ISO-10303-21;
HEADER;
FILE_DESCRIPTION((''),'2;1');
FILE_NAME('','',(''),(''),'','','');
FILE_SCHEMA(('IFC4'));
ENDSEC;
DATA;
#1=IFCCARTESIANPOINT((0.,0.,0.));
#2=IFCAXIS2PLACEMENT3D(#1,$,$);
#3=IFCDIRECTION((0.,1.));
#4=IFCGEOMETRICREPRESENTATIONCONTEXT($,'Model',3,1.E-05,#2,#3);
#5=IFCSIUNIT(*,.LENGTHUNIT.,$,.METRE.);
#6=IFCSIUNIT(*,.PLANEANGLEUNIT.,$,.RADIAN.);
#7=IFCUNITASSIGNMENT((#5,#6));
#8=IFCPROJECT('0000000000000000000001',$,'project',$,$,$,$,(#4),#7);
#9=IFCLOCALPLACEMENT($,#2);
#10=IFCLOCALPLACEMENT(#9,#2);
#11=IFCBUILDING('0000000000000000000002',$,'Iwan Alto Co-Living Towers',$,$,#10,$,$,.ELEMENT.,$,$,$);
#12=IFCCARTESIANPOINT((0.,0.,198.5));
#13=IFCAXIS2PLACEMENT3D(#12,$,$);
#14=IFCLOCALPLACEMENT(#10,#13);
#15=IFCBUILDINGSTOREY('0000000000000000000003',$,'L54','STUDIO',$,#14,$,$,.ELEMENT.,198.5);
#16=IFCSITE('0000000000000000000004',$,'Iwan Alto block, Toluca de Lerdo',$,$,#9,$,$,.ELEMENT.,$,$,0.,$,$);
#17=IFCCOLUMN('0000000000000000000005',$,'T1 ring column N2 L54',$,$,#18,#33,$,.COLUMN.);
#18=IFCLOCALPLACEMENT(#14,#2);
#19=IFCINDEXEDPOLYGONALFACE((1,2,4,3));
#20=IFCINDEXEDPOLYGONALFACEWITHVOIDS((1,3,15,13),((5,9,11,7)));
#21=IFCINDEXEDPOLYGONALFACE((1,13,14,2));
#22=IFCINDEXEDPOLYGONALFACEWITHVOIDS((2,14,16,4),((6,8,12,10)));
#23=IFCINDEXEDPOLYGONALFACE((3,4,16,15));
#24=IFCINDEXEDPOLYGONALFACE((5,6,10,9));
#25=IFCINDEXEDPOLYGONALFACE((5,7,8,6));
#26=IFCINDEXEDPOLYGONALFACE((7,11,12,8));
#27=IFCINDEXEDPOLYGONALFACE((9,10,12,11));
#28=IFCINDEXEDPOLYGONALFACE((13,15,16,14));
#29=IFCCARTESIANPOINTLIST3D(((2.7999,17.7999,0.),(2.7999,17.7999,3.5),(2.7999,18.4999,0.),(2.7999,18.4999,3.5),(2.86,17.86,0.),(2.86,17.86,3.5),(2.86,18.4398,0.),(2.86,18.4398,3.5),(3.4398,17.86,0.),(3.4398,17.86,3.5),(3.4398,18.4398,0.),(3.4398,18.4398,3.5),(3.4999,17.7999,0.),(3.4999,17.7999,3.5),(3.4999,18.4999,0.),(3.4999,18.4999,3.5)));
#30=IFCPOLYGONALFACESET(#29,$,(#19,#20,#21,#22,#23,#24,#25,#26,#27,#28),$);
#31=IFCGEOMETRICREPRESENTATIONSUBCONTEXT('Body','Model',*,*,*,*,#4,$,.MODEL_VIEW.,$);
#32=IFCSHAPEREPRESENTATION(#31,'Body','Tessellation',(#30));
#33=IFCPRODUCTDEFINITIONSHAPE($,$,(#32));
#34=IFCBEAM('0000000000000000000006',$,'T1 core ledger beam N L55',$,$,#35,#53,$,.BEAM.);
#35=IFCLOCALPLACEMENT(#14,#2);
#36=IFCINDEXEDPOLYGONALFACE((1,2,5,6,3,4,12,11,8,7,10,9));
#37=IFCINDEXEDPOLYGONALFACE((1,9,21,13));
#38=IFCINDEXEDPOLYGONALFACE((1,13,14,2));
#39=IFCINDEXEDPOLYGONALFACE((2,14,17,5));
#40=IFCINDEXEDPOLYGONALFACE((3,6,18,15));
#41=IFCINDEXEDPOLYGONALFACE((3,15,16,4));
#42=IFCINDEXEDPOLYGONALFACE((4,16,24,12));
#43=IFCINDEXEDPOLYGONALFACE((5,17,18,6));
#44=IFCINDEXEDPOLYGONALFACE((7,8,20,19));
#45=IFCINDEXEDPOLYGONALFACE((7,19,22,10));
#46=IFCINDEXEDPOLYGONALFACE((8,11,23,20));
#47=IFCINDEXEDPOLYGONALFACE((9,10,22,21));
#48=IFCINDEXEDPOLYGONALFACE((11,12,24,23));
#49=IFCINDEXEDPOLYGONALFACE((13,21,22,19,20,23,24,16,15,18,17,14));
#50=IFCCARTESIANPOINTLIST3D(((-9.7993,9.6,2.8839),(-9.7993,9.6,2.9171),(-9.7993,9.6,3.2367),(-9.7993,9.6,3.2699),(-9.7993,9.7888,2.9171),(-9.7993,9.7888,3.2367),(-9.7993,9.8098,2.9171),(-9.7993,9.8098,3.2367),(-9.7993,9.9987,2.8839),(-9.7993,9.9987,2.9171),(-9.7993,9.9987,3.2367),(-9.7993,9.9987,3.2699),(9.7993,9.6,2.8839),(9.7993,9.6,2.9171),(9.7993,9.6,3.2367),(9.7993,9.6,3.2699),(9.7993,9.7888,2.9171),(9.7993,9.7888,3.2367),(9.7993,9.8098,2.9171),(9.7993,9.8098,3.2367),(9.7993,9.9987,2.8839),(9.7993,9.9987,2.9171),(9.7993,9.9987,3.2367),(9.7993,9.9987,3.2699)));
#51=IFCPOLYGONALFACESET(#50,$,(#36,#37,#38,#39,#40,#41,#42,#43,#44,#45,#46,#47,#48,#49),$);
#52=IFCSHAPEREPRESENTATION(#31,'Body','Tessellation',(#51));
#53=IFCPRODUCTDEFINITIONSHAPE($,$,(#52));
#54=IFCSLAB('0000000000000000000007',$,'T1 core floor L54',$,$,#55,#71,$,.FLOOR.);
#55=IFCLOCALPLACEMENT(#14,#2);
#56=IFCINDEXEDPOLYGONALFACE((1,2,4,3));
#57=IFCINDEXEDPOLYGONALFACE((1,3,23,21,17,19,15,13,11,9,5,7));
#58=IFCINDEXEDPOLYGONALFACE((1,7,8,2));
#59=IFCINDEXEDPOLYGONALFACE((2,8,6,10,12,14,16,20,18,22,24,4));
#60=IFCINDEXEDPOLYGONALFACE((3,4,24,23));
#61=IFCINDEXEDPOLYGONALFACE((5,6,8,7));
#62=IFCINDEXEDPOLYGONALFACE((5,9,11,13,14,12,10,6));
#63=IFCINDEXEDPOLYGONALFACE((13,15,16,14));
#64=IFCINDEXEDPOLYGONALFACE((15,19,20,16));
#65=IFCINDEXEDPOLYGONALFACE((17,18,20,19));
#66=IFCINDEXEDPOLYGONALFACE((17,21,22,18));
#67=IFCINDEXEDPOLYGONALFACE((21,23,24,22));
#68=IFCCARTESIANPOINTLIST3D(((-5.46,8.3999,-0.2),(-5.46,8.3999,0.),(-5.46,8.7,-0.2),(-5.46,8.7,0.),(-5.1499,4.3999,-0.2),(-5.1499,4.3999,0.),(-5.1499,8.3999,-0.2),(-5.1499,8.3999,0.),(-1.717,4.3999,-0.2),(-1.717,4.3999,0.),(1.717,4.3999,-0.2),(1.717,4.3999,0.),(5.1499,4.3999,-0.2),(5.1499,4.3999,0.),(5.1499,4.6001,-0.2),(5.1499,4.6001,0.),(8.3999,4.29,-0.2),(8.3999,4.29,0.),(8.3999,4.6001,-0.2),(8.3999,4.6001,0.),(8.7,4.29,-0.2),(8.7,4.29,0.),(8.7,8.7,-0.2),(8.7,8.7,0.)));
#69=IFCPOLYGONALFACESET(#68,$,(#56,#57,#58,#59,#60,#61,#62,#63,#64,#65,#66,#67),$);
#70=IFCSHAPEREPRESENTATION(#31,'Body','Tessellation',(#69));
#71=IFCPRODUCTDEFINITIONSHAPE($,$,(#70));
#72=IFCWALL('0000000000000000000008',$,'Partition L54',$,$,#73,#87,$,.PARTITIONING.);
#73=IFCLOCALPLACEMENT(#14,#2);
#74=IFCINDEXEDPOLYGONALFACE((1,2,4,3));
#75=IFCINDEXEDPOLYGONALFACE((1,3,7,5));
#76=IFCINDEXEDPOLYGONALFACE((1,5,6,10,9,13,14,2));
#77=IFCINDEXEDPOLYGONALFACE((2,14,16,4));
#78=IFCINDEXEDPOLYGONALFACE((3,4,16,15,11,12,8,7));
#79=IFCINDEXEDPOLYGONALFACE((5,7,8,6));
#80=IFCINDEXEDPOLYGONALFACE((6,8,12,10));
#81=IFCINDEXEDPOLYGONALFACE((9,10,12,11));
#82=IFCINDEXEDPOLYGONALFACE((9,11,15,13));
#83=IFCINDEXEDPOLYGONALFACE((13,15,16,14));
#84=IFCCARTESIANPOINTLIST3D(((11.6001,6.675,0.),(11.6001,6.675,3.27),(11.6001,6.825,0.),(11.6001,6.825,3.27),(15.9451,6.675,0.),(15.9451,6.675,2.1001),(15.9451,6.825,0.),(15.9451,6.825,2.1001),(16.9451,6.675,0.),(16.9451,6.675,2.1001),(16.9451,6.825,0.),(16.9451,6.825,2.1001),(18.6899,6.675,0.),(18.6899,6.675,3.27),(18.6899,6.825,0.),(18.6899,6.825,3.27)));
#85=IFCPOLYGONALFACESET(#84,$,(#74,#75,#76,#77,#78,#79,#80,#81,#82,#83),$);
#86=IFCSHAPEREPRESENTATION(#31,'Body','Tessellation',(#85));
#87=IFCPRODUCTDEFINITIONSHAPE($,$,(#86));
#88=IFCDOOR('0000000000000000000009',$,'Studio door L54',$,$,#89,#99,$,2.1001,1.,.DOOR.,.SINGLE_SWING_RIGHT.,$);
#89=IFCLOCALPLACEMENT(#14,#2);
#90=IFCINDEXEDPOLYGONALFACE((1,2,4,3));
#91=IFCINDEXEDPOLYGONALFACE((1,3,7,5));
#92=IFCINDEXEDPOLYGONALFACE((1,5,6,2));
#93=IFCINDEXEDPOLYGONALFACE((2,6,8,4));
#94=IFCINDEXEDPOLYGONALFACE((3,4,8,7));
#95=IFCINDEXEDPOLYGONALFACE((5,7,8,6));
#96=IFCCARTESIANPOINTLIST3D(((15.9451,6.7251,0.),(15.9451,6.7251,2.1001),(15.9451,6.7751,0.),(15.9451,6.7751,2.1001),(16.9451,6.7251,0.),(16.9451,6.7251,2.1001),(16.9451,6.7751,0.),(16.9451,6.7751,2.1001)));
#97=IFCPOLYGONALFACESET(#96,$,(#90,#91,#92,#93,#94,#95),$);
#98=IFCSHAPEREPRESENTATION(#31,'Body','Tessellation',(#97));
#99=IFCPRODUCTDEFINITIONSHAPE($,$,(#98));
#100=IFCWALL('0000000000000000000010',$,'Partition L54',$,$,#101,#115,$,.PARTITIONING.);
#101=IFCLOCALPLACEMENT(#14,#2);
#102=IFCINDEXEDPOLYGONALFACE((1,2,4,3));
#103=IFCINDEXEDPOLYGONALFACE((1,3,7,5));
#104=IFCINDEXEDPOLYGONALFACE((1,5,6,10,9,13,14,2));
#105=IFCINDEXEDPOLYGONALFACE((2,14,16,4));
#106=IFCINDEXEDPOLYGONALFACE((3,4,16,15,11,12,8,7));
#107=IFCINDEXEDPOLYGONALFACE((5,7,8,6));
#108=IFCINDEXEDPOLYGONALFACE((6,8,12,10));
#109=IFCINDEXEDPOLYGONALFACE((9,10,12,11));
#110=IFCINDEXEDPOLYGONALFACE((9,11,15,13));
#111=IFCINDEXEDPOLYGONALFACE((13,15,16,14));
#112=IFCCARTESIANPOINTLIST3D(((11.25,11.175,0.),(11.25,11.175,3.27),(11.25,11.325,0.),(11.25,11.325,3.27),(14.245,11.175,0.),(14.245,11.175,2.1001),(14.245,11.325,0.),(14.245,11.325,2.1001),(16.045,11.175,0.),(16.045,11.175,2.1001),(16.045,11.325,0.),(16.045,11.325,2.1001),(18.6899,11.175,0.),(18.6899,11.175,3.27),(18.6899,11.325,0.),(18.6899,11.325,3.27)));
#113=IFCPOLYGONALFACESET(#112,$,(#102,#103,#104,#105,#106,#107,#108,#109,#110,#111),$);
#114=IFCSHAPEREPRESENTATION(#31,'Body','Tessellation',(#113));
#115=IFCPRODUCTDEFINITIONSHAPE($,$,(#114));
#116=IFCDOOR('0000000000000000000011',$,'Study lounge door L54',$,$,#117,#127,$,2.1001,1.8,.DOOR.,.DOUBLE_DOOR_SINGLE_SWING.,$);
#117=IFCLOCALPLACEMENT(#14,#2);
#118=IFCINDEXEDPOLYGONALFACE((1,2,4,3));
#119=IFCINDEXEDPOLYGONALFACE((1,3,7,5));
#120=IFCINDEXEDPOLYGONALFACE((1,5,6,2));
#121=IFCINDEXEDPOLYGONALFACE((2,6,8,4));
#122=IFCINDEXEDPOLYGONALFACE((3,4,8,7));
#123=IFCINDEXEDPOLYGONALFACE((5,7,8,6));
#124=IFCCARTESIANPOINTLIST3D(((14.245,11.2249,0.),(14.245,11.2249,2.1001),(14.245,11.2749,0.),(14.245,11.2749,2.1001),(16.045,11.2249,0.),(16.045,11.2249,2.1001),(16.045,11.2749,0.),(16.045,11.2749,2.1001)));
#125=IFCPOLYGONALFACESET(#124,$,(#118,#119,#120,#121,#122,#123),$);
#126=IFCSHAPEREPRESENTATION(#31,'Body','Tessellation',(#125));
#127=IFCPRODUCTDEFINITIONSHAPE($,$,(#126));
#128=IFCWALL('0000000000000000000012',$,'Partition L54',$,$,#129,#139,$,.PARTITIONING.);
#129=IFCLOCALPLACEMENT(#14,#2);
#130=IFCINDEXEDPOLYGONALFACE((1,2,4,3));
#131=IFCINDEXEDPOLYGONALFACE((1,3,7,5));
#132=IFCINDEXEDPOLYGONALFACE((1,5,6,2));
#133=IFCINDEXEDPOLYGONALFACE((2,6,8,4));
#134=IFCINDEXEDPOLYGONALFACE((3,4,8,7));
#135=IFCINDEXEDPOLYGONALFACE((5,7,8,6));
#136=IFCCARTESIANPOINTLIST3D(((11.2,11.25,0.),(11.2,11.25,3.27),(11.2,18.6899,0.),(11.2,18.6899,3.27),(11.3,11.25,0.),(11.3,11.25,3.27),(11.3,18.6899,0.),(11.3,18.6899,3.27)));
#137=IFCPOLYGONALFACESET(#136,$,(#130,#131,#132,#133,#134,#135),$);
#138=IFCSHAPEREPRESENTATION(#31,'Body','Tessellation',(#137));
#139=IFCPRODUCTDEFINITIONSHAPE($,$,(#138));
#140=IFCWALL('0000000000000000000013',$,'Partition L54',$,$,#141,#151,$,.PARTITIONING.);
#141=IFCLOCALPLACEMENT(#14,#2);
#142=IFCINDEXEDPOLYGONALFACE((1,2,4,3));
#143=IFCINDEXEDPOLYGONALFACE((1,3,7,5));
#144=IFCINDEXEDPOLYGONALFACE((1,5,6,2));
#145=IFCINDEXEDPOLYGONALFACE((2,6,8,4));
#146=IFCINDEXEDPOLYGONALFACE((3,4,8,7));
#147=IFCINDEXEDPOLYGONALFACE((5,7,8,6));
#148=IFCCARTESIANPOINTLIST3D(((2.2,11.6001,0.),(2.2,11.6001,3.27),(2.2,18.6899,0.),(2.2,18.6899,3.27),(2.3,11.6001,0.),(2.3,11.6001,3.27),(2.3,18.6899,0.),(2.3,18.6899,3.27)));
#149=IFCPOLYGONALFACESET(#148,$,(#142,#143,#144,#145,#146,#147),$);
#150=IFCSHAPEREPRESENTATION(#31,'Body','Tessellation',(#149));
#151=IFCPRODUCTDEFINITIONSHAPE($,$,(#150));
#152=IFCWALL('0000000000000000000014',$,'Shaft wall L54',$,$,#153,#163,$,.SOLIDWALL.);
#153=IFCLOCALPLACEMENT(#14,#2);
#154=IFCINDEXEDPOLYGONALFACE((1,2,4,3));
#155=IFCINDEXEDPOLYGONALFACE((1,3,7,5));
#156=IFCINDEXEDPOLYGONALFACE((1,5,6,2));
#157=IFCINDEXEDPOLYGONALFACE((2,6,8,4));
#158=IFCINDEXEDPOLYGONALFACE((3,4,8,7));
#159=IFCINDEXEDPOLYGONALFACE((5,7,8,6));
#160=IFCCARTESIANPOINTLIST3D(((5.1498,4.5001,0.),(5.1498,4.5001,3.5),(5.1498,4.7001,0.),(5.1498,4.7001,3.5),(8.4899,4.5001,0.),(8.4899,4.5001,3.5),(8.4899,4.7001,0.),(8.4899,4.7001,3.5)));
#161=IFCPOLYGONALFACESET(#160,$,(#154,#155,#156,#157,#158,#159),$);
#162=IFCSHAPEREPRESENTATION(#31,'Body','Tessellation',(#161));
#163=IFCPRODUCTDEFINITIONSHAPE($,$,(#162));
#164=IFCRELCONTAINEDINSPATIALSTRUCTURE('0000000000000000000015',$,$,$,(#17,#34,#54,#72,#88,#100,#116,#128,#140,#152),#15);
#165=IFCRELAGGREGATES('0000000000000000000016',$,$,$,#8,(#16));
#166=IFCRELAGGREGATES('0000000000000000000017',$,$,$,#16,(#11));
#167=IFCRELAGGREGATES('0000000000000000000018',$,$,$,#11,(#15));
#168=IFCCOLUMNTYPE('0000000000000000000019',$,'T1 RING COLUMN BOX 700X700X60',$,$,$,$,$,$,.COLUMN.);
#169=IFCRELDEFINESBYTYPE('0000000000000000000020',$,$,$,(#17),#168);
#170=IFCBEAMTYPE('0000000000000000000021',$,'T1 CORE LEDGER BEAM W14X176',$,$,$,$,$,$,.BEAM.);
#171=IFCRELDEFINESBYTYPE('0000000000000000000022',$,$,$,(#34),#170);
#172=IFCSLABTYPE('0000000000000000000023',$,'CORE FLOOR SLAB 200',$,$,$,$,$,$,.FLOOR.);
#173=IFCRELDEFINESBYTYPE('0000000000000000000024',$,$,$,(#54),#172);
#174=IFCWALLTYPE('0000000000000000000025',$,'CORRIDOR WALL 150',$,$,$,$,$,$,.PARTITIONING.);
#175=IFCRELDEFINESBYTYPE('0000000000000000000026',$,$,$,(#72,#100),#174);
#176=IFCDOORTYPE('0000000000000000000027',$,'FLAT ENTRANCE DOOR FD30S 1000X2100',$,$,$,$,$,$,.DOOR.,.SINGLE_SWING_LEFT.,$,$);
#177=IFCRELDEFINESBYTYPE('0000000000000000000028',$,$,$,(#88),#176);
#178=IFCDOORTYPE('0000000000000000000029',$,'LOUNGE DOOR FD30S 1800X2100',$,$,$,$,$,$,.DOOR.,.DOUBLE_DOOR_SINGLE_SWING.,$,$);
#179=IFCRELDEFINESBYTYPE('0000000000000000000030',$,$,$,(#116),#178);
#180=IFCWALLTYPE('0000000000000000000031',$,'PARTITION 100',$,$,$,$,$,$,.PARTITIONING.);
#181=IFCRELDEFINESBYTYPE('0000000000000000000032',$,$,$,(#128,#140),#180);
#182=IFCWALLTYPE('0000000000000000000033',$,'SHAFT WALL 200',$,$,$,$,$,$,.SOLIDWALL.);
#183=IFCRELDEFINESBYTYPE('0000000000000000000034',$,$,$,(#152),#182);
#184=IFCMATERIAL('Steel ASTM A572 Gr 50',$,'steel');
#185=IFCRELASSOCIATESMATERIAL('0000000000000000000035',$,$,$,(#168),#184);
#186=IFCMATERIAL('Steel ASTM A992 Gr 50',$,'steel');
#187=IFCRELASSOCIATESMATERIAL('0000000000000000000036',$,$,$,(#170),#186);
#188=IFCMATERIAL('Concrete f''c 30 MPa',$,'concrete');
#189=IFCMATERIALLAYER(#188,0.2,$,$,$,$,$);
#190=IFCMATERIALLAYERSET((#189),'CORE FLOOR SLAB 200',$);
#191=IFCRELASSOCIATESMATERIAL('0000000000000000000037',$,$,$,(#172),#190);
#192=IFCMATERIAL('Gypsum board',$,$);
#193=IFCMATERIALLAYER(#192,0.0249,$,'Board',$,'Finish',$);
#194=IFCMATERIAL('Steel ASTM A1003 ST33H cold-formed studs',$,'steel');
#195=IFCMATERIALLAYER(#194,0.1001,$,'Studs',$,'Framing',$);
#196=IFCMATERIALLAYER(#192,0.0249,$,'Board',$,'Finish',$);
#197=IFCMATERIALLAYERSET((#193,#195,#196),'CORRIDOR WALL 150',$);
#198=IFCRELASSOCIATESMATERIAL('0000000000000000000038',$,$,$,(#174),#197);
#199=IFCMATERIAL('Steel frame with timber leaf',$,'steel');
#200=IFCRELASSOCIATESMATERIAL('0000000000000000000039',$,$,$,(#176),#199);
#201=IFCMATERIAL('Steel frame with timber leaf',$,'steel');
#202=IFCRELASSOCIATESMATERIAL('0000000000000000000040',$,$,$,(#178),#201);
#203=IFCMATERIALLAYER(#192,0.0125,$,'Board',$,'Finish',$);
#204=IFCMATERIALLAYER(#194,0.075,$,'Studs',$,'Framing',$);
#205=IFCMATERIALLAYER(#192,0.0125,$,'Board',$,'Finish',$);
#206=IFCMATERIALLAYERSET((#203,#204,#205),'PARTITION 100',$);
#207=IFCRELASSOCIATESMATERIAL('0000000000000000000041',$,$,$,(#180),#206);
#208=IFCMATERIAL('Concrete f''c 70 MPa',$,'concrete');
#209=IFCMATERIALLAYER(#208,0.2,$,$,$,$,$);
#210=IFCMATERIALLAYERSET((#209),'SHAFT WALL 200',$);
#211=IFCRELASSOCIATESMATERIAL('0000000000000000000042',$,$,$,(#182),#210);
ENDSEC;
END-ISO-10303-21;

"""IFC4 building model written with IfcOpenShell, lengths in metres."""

from ifc_helpers import new_model, si_unit, direction, frame, frame_2d, origin, origin_2d, place, context, subcontext, project, spatial, polyline, rectangle, hollow_rectangle, i_section, outline, extrude, material, layer, layer_set, material_profile, profile_set, type_object, element, fill, save


model = new_model("IFC4")

# Units and contexts
model_context = context("Model", 3, precision=1e-05, world=origin(), true_north=direction((0.0, 1.0)))
body_context = subcontext(model_context, "Body", "Model", "MODEL_VIEW")
ifc_project = project(units=[si_unit("LENGTHUNIT", "METRE"), si_unit("PLANEANGLEUNIT", "RADIAN")], contexts=[model_context])

# Site, building, storey
site_placement = place(None, origin())
site = spatial("IfcSite", under=ifc_project, at=site_placement, Name="Iwan Alto block, Toluca de Lerdo", CompositionType="ELEMENT", RefElevation=0.0)
building_placement = place(site_placement, origin())
building = spatial("IfcBuilding", under=site, at=building_placement, Name="Iwan Alto Co-Living Towers", CompositionType="ELEMENT")
storey_placement = place(building_placement, frame((0.0, 0.0, 198.5)))
storey = spatial("IfcBuildingStorey", under=building, at=storey_placement, Name="L54", Description="STUDIO", CompositionType="ELEMENT", Elevation=198.5)

# Column
ifc_material_1 = material(Name="Steel ASTM A572 Gr 50", Category="steel")
ifc_material_profile_1 = material_profile(ifc_material_1, hollow_rectangle(XDim=0.7, YDim=0.7, WallThickness=0.0601, at=origin_2d()), Name="BOX 700X700X60")
ifc_profile_set_1 = profile_set([ifc_material_profile_1], Name="Steel ASTM A572 Gr 50")
column_type = type_object("IfcColumnType", Name="T1 RING COLUMN BOX 700X700X60", PredefinedType="COLUMN", material=ifc_profile_set_1)
column_placement = place(storey_placement, frame((3.1499, 18.1499, 0.0), z_axis=(0.0, 0.0, 1.0), x_axis=(1.0, 0.0, 0.0)))
element("IfcColumn", 1, at=column_placement, inside=storey, type_object=column_type, Name="T1 ring column N2 L54", PredefinedType="COLUMN", context=body_context, shape_type="SweptSolid", body=[
    extrude(hollow_rectangle(XDim=0.7, YDim=0.7, WallThickness=0.0601, at=origin_2d()), origin(), (0.0, 0.0, 1.0), 3.5),
])

# Beam
ifc_material_2 = material(Name="Steel ASTM A992 Gr 50", Category="steel")
ifc_material_profile_2 = material_profile(ifc_material_2, i_section(OverallWidth=0.3987, OverallDepth=0.386, WebThickness=0.021, FlangeThickness=0.0332, at=origin_2d()), Name="W14X176")
ifc_profile_set_2 = profile_set([ifc_material_profile_2], Name="Steel ASTM A992 Gr 50")
beam_type = type_object("IfcBeamType", Name="T1 CORE LEDGER BEAM W14X176", PredefinedType="BEAM", material=ifc_profile_set_2)
beam_placement = place(storey_placement, frame((9.7993, 9.7993, 3.0769), z_axis=(-1.0, 0.0, 0.0), x_axis=(0.0, -1.0, 0.0)))
element("IfcBeam", 2, at=beam_placement, inside=storey, type_object=beam_type, Name="T1 core ledger beam N L55", PredefinedType="BEAM", context=body_context, shape_type="SweptSolid", body=[
    extrude(i_section(OverallWidth=0.3987, OverallDepth=0.386, WebThickness=0.021, FlangeThickness=0.0332, at=origin_2d()), origin(), (0.0, 0.0, 1.0), 19.5986),
])

# Slab
ifc_material_3 = material(Name="Concrete f'c 30 MPa", Category="concrete")
ifc_layer_1 = layer(ifc_material_3, 0.2)
ifc_layer_set_1 = layer_set([ifc_layer_1], Name="CORE FLOOR SLAB 200")
slab_type = type_object("IfcSlabType", Name="CORE FLOOR SLAB 200", PredefinedType="FLOOR", material=ifc_layer_set_1)
slab_placement = place(storey_placement, frame((0.0, 0.0, -0.2)))
element("IfcSlab", 3, at=slab_placement, inside=storey, type_object=slab_type, Name="T1 core floor L54", PredefinedType="FLOOR", context=body_context, shape_type="SweptSolid", body=[
    extrude(outline(polyline([(1.717, 4.3999), (-1.717, 4.3999), (-5.1499, 4.3999), (-5.1499, 8.3999), (-5.46, 8.3999), (-5.46, 8.7), (8.7, 8.7), (8.7, 4.29), (8.3999, 4.29), (8.3999, 4.6001), (5.1499, 4.6001), (5.1499, 4.3999), (1.717, 4.3999)])), origin(), (0.0, 0.0, 1.0), 0.2),
])

# Walls, openings, doors
ifc_material_4 = material(Name="Gypsum board")
ifc_layer_2 = layer(ifc_material_4, 0.0249, Name="Board", Category="Finish")
ifc_material_5 = material(Name="Steel ASTM A1003 ST33H cold-formed studs", Category="steel")
ifc_layer_3 = layer(ifc_material_5, 0.1001, Name="Studs", Category="Framing")
ifc_layer_4 = layer(ifc_material_4, 0.0249, Name="Board", Category="Finish")
ifc_layer_set_2 = layer_set([ifc_layer_2, ifc_layer_3, ifc_layer_4], Name="CORRIDOR WALL 150")
wall_type_1 = type_object("IfcWallType", Name="CORRIDOR WALL 150", PredefinedType="PARTITIONING", material=ifc_layer_set_2)
wall_1_placement = place(storey_placement, frame((11.6001, 6.75, 0.0), z_axis=(0.0, 0.0, 1.0), x_axis=(1.0, 0.0, 0.0)))
wall_1 = element("IfcWall", 4, at=wall_1_placement, inside=storey, type_object=wall_type_1, Name="Partition L54", PredefinedType="PARTITIONING", context=body_context, shape_type="SweptSolid", body=[
    extrude(rectangle(XDim=7.0898, YDim=0.1499, at=frame_2d((3.5449, 0.0))), origin(), (0.0, 0.0, 1.0), 3.27),
])
opening_1_placement = place(wall_1_placement, frame((4.345, 0.0, 0.0)))
opening_1 = element("IfcOpeningElement", 5, at=opening_1_placement, cuts=wall_1, PredefinedType="OPENING", context=body_context, shape_type="SweptSolid", body=[
    extrude(rectangle(XDim=1.0, YDim=2.1001, at=frame_2d((0.5, 1.05))), frame((0.0, 0.085, 0.0), z_axis=(0.0, -1.0, 0.0), x_axis=(1.0, 0.0, 0.0)), (0.0, 0.0, 1.0), 0.1699),
])
ifc_material_6 = material(Name="Steel frame with timber leaf", Category="steel")
door_type_1 = type_object("IfcDoorType", Name="FLAT ENTRANCE DOOR FD30S 1000X2100", OperationType="SINGLE_SWING_LEFT", PredefinedType="DOOR", material=ifc_material_6)
door_1_placement = place(opening_1_placement, frame((1.0, 0.0, 0.0), z_axis=(0.0, 0.0, 1.0), x_axis=(-1.0, 0.0, 0.0)))
door_1 = element("IfcDoor", 6, at=door_1_placement, inside=storey, type_object=door_type_1, Name="Studio door L54", OperationType="SINGLE_SWING_RIGHT", OverallHeight=2.1001, OverallWidth=1.0, PredefinedType="DOOR", context=body_context, shape_type="SweptSolid", body=[
    extrude(rectangle(XDim=1.0, YDim=2.1001, at=frame_2d((0.5, 1.05))), frame((0.0, 0.0249, 0.0), z_axis=(0.0, -1.0, 0.0), x_axis=(1.0, 0.0, 0.0)), (0.0, 0.0, 1.0), 0.05),
])
fill(opening_1, door_1)
wall_2_placement = place(storey_placement, frame((11.25, 11.25, 0.0), z_axis=(0.0, 0.0, 1.0), x_axis=(1.0, 0.0, 0.0)))
wall_2 = element("IfcWall", 7, at=wall_2_placement, inside=storey, type_object=wall_type_1, Name="Partition L54", PredefinedType="PARTITIONING", context=body_context, shape_type="SweptSolid", body=[
    extrude(rectangle(XDim=7.4399, YDim=0.1499, at=frame_2d((3.72, 0.0))), origin(), (0.0, 0.0, 1.0), 3.27),
])
opening_2_placement = place(wall_2_placement, frame((2.9951, 0.0, 0.0)))
opening_2 = element("IfcOpeningElement", 8, at=opening_2_placement, cuts=wall_2, PredefinedType="OPENING", context=body_context, shape_type="SweptSolid", body=[
    extrude(rectangle(XDim=1.8, YDim=2.1001, at=frame_2d((0.8999, 1.05))), frame((0.0, 0.085, 0.0), z_axis=(0.0, -1.0, 0.0), x_axis=(1.0, 0.0, 0.0)), (0.0, 0.0, 1.0), 0.1699),
])
ifc_material_7 = material(Name="Steel frame with timber leaf", Category="steel")
door_type_2 = type_object("IfcDoorType", Name="LOUNGE DOOR FD30S 1800X2100", OperationType="DOUBLE_DOOR_SINGLE_SWING", PredefinedType="DOOR", material=ifc_material_7)
door_2_placement = place(opening_2_placement, origin())
door_2 = element("IfcDoor", 9, at=door_2_placement, inside=storey, type_object=door_type_2, Name="Study lounge door L54", OperationType="DOUBLE_DOOR_SINGLE_SWING", OverallHeight=2.1001, OverallWidth=1.8, PredefinedType="DOOR", context=body_context, shape_type="SweptSolid", body=[
    extrude(rectangle(XDim=1.8, YDim=2.1001, at=frame_2d((0.8999, 1.05))), frame((0.0, 0.0249, 0.0), z_axis=(0.0, -1.0, 0.0), x_axis=(1.0, 0.0, 0.0)), (0.0, 0.0, 1.0), 0.05),
])
fill(opening_2, door_2)

# Walls
ifc_layer_5 = layer(ifc_material_4, 0.0125, Name="Board", Category="Finish")
ifc_layer_6 = layer(ifc_material_5, 0.075, Name="Studs", Category="Framing")
ifc_layer_7 = layer(ifc_material_4, 0.0125, Name="Board", Category="Finish")
ifc_layer_set_3 = layer_set([ifc_layer_5, ifc_layer_6, ifc_layer_7], Name="PARTITION 100")
wall_type_2 = type_object("IfcWallType", Name="PARTITION 100", PredefinedType="PARTITIONING", material=ifc_layer_set_3)
wall_3_placement = place(storey_placement, frame((11.25, 11.25, 0.0), z_axis=(0.0, 0.0, 1.0), x_axis=(0.0, 1.0, 0.0)))
element("IfcWall", 10, at=wall_3_placement, inside=storey, type_object=wall_type_2, Name="Partition L54", PredefinedType="PARTITIONING", context=body_context, shape_type="SweptSolid", body=[
    extrude(rectangle(XDim=7.4399, YDim=0.1001, at=frame_2d((3.72, 0.0))), origin(), (0.0, 0.0, 1.0), 3.27),
])
wall_4_placement = place(storey_placement, frame((2.25, 11.6001, 0.0), z_axis=(0.0, 0.0, 1.0), x_axis=(0.0, 1.0, 0.0)))
element("IfcWall", 11, at=wall_4_placement, inside=storey, type_object=wall_type_2, Name="Partition L54", PredefinedType="PARTITIONING", context=body_context, shape_type="SweptSolid", body=[
    extrude(rectangle(XDim=7.0898, YDim=0.1001, at=frame_2d((3.5449, 0.0))), origin(), (0.0, 0.0, 1.0), 3.27),
])
ifc_material_8 = material(Name="Concrete f'c 70 MPa", Category="concrete")
ifc_layer_8 = layer(ifc_material_8, 0.2)
ifc_layer_set_4 = layer_set([ifc_layer_8], Name="SHAFT WALL 200")
wall_type_3 = type_object("IfcWallType", Name="SHAFT WALL 200", PredefinedType="SOLIDWALL", material=ifc_layer_set_4)
wall_5_placement = place(storey_placement, frame((5.1499, 4.6001, 0.0), z_axis=(0.0, 0.0, 1.0), x_axis=(1.0, 0.0, 0.0)))
element("IfcWall", 12, at=wall_5_placement, inside=storey, type_object=wall_type_3, Name="Shaft wall L54", PredefinedType="SOLIDWALL", context=body_context, shape_type="SweptSolid", body=[
    extrude(rectangle(XDim=3.3401, YDim=0.2, at=frame_2d((1.6699, 0.0))), origin(), (0.0, 0.0, 1.0), 3.5),
])

save(model, "model.ifc")
